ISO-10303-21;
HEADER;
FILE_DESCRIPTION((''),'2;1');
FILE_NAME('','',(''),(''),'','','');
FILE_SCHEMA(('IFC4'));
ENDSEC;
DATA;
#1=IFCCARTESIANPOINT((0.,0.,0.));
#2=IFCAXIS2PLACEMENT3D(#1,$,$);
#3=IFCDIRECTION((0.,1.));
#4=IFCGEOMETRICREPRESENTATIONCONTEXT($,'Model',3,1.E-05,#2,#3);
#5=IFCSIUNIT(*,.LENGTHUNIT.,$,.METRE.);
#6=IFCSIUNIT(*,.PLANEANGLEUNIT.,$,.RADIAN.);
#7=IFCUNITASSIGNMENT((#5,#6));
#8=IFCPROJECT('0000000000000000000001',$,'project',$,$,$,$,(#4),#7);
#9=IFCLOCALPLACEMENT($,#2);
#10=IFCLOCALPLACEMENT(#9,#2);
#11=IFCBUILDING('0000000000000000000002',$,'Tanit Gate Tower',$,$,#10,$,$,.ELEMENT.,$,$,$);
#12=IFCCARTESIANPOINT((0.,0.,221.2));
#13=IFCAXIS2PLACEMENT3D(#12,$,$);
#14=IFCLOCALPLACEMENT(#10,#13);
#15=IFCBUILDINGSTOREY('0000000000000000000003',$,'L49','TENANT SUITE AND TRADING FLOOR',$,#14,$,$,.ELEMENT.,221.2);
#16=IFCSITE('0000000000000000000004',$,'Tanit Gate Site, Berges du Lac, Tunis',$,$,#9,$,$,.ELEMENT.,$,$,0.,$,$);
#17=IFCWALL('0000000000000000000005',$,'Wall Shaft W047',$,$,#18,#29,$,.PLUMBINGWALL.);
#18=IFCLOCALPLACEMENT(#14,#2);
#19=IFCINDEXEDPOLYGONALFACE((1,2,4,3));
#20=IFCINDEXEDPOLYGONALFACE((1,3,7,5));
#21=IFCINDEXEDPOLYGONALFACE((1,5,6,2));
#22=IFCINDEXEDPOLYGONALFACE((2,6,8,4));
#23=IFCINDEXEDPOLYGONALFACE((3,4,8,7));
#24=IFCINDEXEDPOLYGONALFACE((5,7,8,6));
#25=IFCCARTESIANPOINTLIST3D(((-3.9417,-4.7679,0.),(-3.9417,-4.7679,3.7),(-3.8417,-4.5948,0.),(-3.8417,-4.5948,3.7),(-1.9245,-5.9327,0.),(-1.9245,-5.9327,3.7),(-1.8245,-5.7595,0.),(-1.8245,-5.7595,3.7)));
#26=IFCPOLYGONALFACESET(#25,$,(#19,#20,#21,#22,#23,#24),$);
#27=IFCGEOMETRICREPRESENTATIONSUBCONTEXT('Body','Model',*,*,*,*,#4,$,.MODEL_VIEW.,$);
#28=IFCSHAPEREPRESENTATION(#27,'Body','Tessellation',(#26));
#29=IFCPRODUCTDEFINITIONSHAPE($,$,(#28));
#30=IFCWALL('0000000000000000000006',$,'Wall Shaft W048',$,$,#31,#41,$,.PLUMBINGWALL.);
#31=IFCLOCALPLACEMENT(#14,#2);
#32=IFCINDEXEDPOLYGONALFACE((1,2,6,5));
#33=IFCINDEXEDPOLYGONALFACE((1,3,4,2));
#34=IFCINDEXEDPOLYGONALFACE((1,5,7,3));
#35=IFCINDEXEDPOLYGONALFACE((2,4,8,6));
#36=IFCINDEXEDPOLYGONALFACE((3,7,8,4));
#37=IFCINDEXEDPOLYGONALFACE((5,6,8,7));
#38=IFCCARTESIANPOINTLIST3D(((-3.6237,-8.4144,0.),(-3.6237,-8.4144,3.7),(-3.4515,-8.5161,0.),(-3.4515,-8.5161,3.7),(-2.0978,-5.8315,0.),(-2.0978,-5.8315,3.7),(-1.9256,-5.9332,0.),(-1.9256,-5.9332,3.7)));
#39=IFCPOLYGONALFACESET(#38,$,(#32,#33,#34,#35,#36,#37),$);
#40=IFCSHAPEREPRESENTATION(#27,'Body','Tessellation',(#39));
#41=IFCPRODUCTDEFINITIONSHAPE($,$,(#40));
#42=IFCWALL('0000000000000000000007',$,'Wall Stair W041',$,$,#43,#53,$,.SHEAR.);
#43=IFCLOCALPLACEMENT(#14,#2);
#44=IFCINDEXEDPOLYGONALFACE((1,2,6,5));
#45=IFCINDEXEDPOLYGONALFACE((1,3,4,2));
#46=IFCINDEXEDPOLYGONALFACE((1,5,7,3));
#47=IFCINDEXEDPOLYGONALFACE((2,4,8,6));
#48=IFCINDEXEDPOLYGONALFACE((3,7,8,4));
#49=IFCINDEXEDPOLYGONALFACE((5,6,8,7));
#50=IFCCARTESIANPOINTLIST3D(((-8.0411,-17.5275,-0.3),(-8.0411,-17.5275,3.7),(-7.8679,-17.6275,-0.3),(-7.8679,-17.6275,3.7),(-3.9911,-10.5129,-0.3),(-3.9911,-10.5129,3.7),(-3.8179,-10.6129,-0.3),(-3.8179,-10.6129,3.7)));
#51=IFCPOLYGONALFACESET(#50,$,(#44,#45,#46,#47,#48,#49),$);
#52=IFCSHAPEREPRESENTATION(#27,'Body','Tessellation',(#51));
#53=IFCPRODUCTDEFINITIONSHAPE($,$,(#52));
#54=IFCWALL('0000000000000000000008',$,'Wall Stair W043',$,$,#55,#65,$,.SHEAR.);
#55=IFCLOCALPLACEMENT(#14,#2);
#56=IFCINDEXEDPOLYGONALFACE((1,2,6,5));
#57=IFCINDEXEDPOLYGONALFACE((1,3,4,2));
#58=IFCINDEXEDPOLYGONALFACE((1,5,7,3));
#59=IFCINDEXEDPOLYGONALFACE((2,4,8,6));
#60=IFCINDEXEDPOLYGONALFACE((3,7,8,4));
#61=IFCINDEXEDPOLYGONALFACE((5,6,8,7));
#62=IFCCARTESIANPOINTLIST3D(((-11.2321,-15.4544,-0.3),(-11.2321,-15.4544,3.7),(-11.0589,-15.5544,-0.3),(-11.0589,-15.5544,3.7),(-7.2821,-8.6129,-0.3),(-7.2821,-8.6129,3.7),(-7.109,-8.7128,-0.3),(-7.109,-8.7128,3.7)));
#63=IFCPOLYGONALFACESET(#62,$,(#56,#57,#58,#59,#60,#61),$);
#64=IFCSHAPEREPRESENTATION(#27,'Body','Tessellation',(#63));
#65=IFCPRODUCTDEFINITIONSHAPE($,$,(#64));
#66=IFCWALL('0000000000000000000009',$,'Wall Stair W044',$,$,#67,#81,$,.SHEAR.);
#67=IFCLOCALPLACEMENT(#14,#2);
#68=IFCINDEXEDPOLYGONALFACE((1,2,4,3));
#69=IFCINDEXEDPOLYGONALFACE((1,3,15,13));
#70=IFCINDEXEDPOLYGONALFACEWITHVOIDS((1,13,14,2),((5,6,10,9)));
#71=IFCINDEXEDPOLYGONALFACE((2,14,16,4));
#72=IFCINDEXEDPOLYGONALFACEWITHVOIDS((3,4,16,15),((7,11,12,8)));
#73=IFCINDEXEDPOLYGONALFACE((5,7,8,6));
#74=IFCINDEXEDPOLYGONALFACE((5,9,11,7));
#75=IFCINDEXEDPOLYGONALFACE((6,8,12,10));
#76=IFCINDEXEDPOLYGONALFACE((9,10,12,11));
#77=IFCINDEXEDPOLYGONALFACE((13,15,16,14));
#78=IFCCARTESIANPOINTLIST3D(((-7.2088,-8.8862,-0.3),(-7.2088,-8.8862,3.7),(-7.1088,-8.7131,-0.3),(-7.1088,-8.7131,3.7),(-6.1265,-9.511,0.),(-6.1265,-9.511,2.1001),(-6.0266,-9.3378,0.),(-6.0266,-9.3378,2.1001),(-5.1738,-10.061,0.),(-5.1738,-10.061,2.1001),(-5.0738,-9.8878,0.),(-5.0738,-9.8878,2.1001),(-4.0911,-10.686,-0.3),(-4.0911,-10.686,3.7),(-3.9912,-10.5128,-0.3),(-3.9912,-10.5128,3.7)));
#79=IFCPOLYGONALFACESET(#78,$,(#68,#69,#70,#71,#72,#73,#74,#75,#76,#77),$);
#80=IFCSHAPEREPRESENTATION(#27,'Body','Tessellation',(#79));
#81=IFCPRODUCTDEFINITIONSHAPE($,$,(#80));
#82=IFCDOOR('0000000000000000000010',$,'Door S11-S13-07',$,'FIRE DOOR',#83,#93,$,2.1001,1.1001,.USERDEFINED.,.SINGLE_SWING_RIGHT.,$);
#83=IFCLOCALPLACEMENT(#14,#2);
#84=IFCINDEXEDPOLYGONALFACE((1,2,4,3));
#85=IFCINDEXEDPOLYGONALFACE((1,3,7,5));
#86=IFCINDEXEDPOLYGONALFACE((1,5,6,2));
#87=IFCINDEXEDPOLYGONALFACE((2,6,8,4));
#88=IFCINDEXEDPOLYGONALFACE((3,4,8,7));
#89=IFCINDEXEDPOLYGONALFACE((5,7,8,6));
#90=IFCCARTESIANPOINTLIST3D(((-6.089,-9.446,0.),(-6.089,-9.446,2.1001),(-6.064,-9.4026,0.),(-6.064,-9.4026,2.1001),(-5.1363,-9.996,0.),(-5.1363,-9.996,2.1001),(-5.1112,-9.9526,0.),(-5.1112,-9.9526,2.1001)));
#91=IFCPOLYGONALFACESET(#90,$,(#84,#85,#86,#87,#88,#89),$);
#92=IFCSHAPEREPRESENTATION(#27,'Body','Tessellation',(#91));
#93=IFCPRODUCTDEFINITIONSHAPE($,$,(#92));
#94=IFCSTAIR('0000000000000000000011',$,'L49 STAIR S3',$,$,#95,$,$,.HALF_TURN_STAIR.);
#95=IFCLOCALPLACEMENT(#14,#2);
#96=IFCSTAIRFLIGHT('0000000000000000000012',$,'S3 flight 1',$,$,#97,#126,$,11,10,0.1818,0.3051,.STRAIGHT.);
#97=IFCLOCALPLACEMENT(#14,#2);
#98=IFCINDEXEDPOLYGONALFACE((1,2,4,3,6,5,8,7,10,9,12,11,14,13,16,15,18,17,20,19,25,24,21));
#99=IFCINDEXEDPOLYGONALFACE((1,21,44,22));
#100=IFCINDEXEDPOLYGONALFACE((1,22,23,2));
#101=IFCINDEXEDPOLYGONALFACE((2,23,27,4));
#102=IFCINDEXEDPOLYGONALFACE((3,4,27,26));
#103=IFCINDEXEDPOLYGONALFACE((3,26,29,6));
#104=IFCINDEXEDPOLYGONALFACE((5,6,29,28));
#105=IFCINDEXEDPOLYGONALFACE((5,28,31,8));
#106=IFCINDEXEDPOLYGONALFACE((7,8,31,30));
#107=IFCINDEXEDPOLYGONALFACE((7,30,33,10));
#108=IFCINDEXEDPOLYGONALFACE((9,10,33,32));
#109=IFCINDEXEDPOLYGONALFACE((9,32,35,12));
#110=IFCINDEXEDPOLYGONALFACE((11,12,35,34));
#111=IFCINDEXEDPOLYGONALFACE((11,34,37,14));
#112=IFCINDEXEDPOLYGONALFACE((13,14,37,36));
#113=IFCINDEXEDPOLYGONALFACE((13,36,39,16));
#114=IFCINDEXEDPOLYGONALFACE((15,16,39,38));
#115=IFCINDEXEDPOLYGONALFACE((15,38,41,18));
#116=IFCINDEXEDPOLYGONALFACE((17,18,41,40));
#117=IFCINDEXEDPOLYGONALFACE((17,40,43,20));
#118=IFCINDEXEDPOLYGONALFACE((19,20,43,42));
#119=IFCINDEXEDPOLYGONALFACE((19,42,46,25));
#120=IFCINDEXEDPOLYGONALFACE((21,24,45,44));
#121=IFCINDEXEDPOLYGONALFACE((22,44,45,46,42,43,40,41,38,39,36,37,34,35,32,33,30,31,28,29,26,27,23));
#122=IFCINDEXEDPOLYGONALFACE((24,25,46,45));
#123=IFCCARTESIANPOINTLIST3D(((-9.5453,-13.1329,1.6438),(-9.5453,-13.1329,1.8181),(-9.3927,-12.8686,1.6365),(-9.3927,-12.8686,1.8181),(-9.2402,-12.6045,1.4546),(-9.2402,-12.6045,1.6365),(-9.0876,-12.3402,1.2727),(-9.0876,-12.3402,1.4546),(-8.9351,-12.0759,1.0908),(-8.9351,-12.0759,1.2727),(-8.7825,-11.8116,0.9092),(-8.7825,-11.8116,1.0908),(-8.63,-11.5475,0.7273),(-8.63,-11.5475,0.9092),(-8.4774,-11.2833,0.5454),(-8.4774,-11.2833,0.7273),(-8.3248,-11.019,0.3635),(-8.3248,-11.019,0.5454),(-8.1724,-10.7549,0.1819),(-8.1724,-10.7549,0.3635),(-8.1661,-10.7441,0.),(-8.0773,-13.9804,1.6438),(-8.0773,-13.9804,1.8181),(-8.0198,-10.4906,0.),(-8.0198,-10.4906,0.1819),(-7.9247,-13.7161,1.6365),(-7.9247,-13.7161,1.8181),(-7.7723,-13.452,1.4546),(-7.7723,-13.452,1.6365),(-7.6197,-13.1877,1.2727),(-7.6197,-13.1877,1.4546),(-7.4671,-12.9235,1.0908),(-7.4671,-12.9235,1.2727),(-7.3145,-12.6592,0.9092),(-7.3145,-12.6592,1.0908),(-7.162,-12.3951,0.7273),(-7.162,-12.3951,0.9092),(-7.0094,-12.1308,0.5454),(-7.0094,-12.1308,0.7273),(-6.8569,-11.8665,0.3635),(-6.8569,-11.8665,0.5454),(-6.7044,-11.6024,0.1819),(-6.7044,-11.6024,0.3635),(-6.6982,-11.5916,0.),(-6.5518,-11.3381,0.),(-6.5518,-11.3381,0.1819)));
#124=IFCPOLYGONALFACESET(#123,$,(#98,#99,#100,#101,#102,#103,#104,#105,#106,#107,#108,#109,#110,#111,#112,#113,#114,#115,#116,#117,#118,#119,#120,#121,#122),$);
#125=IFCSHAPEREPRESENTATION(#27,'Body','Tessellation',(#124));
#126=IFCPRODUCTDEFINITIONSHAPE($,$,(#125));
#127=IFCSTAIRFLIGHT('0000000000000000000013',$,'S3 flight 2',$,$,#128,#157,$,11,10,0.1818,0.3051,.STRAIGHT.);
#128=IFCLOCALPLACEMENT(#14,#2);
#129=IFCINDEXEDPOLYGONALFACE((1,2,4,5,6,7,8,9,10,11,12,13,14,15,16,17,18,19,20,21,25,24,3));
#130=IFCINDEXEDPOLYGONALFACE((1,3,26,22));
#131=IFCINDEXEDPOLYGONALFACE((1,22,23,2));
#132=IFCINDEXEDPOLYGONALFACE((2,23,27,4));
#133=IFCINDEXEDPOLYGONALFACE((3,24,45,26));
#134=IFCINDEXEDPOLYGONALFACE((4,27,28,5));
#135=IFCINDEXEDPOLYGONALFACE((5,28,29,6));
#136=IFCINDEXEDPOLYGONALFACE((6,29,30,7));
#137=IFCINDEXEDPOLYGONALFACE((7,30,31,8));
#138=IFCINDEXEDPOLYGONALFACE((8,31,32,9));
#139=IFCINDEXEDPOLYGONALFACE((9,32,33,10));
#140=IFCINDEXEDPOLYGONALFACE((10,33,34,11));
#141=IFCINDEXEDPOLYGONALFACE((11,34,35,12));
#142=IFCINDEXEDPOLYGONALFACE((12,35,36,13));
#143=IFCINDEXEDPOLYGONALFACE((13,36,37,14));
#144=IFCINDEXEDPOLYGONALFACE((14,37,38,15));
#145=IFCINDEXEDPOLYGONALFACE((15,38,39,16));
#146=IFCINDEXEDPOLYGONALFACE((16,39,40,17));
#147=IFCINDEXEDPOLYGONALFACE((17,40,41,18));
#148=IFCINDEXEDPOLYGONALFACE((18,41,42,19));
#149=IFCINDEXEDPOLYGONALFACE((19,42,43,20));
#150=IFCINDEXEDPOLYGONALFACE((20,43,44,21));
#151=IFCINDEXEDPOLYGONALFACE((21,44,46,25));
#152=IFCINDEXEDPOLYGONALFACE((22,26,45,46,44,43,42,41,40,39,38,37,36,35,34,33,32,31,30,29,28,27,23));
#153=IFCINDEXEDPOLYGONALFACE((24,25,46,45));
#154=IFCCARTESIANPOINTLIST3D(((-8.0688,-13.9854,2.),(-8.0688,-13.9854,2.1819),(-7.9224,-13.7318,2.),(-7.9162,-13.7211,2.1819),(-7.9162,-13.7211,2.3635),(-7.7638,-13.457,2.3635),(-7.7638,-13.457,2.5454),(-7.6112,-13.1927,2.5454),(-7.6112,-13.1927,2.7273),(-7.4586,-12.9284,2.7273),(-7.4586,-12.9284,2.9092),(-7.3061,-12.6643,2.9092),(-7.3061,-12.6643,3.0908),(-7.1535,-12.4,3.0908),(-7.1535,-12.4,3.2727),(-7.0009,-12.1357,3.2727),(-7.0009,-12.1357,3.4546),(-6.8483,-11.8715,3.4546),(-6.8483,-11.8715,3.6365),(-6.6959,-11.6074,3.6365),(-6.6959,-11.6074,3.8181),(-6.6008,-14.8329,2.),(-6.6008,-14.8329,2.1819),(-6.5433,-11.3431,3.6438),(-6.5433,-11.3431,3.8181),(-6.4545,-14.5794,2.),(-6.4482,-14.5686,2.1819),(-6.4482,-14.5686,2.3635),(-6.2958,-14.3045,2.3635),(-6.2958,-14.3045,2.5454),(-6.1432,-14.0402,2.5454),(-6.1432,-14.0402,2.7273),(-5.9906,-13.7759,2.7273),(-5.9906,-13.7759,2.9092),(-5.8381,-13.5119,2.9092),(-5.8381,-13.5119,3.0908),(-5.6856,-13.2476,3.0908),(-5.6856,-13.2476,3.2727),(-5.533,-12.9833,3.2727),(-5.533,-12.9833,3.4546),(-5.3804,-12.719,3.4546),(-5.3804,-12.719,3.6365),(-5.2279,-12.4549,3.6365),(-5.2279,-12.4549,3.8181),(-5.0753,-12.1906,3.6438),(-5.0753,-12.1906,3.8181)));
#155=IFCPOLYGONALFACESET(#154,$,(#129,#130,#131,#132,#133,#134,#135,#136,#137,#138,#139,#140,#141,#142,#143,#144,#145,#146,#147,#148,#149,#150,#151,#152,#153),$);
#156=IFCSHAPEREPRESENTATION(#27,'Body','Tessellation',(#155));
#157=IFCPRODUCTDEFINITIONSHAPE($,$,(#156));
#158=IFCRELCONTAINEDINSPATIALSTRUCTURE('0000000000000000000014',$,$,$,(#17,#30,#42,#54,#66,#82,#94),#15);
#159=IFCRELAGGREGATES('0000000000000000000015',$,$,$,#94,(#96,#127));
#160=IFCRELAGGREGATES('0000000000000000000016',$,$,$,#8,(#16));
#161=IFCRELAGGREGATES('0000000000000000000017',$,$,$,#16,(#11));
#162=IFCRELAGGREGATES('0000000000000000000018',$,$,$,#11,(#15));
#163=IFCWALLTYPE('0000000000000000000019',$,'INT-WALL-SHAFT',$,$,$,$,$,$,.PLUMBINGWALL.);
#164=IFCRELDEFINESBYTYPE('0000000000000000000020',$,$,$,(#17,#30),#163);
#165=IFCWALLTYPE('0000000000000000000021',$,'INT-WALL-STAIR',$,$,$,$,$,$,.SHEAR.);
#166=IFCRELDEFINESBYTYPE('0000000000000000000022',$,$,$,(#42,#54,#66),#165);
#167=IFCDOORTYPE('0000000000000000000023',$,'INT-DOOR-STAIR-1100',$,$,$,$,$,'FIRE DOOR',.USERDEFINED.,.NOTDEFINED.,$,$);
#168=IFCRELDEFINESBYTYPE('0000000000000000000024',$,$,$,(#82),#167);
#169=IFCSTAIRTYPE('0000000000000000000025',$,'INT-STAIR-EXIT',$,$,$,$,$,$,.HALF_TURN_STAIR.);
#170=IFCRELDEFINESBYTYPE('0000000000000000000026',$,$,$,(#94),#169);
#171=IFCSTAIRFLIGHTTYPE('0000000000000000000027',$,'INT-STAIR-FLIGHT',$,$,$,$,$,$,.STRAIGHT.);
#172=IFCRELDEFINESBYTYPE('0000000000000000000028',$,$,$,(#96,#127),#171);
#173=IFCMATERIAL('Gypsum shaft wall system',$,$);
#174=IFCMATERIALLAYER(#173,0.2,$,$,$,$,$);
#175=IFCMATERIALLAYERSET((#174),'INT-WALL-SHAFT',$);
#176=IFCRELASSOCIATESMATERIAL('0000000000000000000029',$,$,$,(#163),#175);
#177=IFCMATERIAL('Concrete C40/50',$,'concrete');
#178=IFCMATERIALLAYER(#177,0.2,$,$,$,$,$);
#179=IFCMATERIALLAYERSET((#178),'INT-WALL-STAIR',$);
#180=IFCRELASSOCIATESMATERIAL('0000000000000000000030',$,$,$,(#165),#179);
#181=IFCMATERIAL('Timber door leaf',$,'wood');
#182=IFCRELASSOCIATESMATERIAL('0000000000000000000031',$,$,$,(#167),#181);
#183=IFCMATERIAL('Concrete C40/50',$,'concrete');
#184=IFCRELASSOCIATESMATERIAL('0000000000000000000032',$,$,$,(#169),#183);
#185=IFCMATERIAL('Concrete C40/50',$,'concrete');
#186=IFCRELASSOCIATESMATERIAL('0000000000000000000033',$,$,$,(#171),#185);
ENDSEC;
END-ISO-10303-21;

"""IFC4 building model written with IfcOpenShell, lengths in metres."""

from ifc_helpers import new_model, si_unit, direction, frame, frame_2d, origin, place, context, subcontext, project, spatial, polyline, rectangle, outline, extrude, material, layer, layer_set, type_object, element, fill, aggregate, save


model = new_model("IFC4")

# Units and contexts
model_context = context("Model", 3, precision=1e-05, world=origin(), true_north=direction((0.0, 1.0)))
body_context = subcontext(model_context, "Body", "Model", "MODEL_VIEW")
ifc_project = project(units=[si_unit("LENGTHUNIT", "METRE"), si_unit("PLANEANGLEUNIT", "RADIAN")], contexts=[model_context])

# Site, building, storey
site_placement = place(None, origin())
site = spatial("IfcSite", under=ifc_project, at=site_placement, Name="Tanit Gate Site, Berges du Lac, Tunis", CompositionType="ELEMENT", RefElevation=0.0)
building_placement = place(site_placement, origin())
building = spatial("IfcBuilding", under=site, at=building_placement, Name="Tanit Gate Tower", CompositionType="ELEMENT")
storey_placement = place(building_placement, frame((0.0, 0.0, 221.2)))
storey = spatial("IfcBuildingStorey", under=building, at=storey_placement, Name="L49", Description="TENANT SUITE AND TRADING FLOOR", CompositionType="ELEMENT", Elevation=221.2)

# Shared definitions
ifc_material_1 = material(Name="Gypsum shaft wall system")
ifc_layer_1 = layer(ifc_material_1, 0.2)
ifc_layer_set_1 = layer_set([ifc_layer_1], Name="INT-WALL-SHAFT")
wall_type_1 = type_object("IfcWallType", Name="INT-WALL-SHAFT", PredefinedType="PLUMBINGWALL", material=ifc_layer_set_1)

# Walls
wall_1_placement = place(storey_placement, frame((-3.8916, -4.6814, 0.0), z_axis=(0.0, 0.0, 1.0), x_axis=(0.866009, -0.500028, 0.0)))
element("IfcWall", 1, at=wall_1_placement, inside=storey, type_object=wall_type_1, Name="Wall Shaft W047", PredefinedType="PLUMBINGWALL", context=body_context, shape_type="SweptSolid", body=[
    extrude(rectangle(XDim=2.3293, YDim=0.2, at=frame_2d((1.1646, 0.0))), origin(), (0.0, 0.0, 1.0), 3.7),
])
wall_2_placement = place(storey_placement, frame((-2.0117, -5.8823, 0.0), z_axis=(0.0, 0.0, 1.0), x_axis=(-0.50862, -0.860991, 0.0)))
element("IfcWall", 2, at=wall_2_placement, inside=storey, type_object=wall_type_1, Name="Wall Shaft W048", PredefinedType="PLUMBINGWALL", context=body_context, shape_type="SweptSolid", body=[
    extrude(rectangle(XDim=3.0, YDim=0.2, at=frame_2d((1.5, 0.0))), origin(), (0.0, 0.0, 1.0), 3.7),
])
ifc_material_2 = material(Name="Concrete C40/50", Category="concrete")
ifc_layer_2 = layer(ifc_material_2, 0.2)
ifc_layer_set_2 = layer_set([ifc_layer_2], Name="INT-WALL-STAIR")
wall_type_2 = type_object("IfcWallType", Name="INT-WALL-STAIR", PredefinedType="SHEAR", material=ifc_layer_set_2)
wall_3_placement = place(storey_placement, frame((-3.9045, -10.563, -0.3), z_axis=(0.0, 0.0, 1.0), x_axis=(-0.500013, -0.866018, 0.0)))
element("IfcWall", 3, at=wall_3_placement, inside=storey, type_object=wall_type_2, Name="Wall Stair W041", PredefinedType="SHEAR", context=body_context, shape_type="SweptSolid", body=[
    extrude(rectangle(XDim=8.0999, YDim=0.2, at=frame_2d((4.0498, 0.0))), origin(), (0.0, 0.0, 1.0), 4.0),
])
wall_4_placement = place(storey_placement, frame((-7.1956, -8.6628, -0.3), z_axis=(0.0, 0.0, 1.0), x_axis=(-0.499998, -0.866027, 0.0)))
element("IfcWall", 4, at=wall_4_placement, inside=storey, type_object=wall_type_2, Name="Wall Stair W043", PredefinedType="SHEAR", context=body_context, shape_type="SweptSolid", body=[
    extrude(rectangle(XDim=7.8999, YDim=0.2, at=frame_2d((3.95, 0.0))), origin(), (0.0, 0.0, 1.0), 4.0),
])

# Wall, opening, door
wall_5_placement = place(storey_placement, frame((-4.0413, -10.5994, -0.3), z_axis=(0.0, 0.0, 1.0), x_axis=(-0.866048, 0.499961, 0.0)))
wall_5 = element("IfcWall", 5, at=wall_5_placement, inside=storey, type_object=wall_type_2, Name="Wall Stair W044", PredefinedType="SHEAR", context=body_context, shape_type="SweptSolid", body=[
    extrude(rectangle(XDim=3.5999, YDim=0.2, at=frame_2d((1.7998, 0.0))), origin(), (0.0, 0.0, 1.0), 4.0),
])
opening_1_placement = place(wall_5_placement, frame((1.25, 0.0, 0.3)))
opening_1 = element("IfcOpeningElement", 6, at=opening_1_placement, cuts=wall_5, PredefinedType="OPENING", context=body_context, shape_type="SweptSolid", body=[
    extrude(rectangle(XDim=1.1001, YDim=2.1001, at=frame_2d((0.55, 1.05))), frame((0.0, 0.1099, 0.0), z_axis=(0.0, -1.0, 0.0), x_axis=(1.0, 0.0, 0.0)), (0.0, 0.0, 1.0), 0.22),
])
ifc_material_3 = material(Name="Timber door leaf", Category="wood")
door_type_1 = type_object("IfcDoorType", Name="INT-DOOR-STAIR-1100", ElementType="FIRE DOOR", OperationType="NOTDEFINED", PredefinedType="USERDEFINED", material=ifc_material_3)
door_1_placement = place(opening_1_placement, origin())
door_1 = element("IfcDoor", 7, at=door_1_placement, inside=storey, type_object=door_type_1, Name="Door S11-S13-07", ObjectType="FIRE DOOR", OperationType="SINGLE_SWING_RIGHT", OverallHeight=2.1001, OverallWidth=1.1001, PredefinedType="USERDEFINED", context=body_context, shape_type="SweptSolid", body=[
    extrude(rectangle(XDim=1.1001, YDim=2.1001, at=frame_2d((0.55, 1.05))), frame((0.0, 0.0249, 0.0), z_axis=(0.0, -1.0, 0.0), x_axis=(1.0, 0.0, 0.0)), (0.0, 0.0, 1.0), 0.05),
])
fill(opening_1, door_1)

# Stair, stair flights
ifc_material_4 = material(Name="Concrete C40/50", Category="concrete")
stair_type = type_object("IfcStairType", Name="INT-STAIR-EXIT", PredefinedType="HALF_TURN_STAIR", material=ifc_material_4)
stair_placement = place(storey_placement, origin())
stair = element("IfcStair", 8, at=stair_placement, inside=storey, type_object=stair_type, Name="L49 STAIR S3", PredefinedType="HALF_TURN_STAIR")
ifc_material_5 = material(Name="Concrete C40/50", Category="concrete")
stair_flight_type = type_object("IfcStairFlightType", Name="INT-STAIR-FLIGHT", PredefinedType="STRAIGHT", material=ifc_material_5)
stair_flight_1_placement = place(storey_placement, frame((-7.2859, -10.9143, 0.0), z_axis=(0.0, 0.0, 1.0), x_axis=(-0.5, -0.866025, 0.0)))
stair_flight_1 = element("IfcStairFlight", 9, at=stair_flight_1_placement, type_object=stair_flight_type, Name="S3 flight 1", NumberOfRisers=11, NumberOfTreads=10, PredefinedType="STRAIGHT", RiserHeight=0.1818, TreadLength=0.3051, context=body_context, shape_type="SweptSolid", body=[
    extrude(outline(polyline([(0.0, 0.0), (0.0, 0.1819), (0.3052, 0.1819), (0.3052, 0.3635), (0.6101, 0.3635), (0.6101, 0.5454), (0.9153, 0.5454), (0.9153, 0.7273), (1.2205, 0.7273), (1.2205, 0.9092), (1.5254, 0.9092), (1.5254, 1.0908), (1.8306, 1.0908), (1.8306, 1.2727), (2.1357, 1.2727), (2.1357, 1.4546), (2.4409, 1.4546), (2.4409, 1.6365), (2.7458, 1.6365), (2.7458, 1.8181), (3.051, 1.8181), (3.051, 2.0), (3.051, 1.6438), (0.2927, 0.0), (0.0, 0.0)])), frame((0.0, 0.8477, 0.0), z_axis=(0.0, -1.0, 0.0), x_axis=(1.0, 0.0, 0.0)), (0.0, 0.0, 1.0), 1.6951),
])
stair_flight_2_placement = place(storey_placement, frame((-7.3347, -14.4092, 2.0), z_axis=(0.0, 0.0, 1.0), x_axis=(0.5, 0.866025, 0.0)))
stair_flight_2 = element("IfcStairFlight", 10, at=stair_flight_2_placement, type_object=stair_flight_type, Name="S3 flight 2", NumberOfRisers=11, NumberOfTreads=10, PredefinedType="STRAIGHT", RiserHeight=0.1818, TreadLength=0.3051, context=body_context, shape_type="SweptSolid", body=[
    extrude(outline(polyline([(0.0, 0.0), (0.0, 0.1819), (0.3052, 0.1819), (0.3052, 0.3635), (0.6101, 0.3635), (0.6101, 0.5454), (0.9153, 0.5454), (0.9153, 0.7273), (1.2205, 0.7273), (1.2205, 0.9092), (1.5254, 0.9092), (1.5254, 1.0908), (1.8306, 1.0908), (1.8306, 1.2727), (2.1357, 1.2727), (2.1357, 1.4546), (2.4409, 1.4546), (2.4409, 1.6365), (2.7458, 1.6365), (2.7458, 1.8181), (3.051, 1.8181), (3.051, 2.0), (3.051, 1.6438), (0.2927, 0.0), (0.0, 0.0)])), frame((0.0, 0.8477, 0.0), z_axis=(0.0, -1.0, 0.0), x_axis=(1.0, 0.0, 0.0)), (0.0, 0.0, 1.0), 1.6951),
])
aggregate(stair, [stair_flight_1, stair_flight_2])

save(model, "model.ifc")
